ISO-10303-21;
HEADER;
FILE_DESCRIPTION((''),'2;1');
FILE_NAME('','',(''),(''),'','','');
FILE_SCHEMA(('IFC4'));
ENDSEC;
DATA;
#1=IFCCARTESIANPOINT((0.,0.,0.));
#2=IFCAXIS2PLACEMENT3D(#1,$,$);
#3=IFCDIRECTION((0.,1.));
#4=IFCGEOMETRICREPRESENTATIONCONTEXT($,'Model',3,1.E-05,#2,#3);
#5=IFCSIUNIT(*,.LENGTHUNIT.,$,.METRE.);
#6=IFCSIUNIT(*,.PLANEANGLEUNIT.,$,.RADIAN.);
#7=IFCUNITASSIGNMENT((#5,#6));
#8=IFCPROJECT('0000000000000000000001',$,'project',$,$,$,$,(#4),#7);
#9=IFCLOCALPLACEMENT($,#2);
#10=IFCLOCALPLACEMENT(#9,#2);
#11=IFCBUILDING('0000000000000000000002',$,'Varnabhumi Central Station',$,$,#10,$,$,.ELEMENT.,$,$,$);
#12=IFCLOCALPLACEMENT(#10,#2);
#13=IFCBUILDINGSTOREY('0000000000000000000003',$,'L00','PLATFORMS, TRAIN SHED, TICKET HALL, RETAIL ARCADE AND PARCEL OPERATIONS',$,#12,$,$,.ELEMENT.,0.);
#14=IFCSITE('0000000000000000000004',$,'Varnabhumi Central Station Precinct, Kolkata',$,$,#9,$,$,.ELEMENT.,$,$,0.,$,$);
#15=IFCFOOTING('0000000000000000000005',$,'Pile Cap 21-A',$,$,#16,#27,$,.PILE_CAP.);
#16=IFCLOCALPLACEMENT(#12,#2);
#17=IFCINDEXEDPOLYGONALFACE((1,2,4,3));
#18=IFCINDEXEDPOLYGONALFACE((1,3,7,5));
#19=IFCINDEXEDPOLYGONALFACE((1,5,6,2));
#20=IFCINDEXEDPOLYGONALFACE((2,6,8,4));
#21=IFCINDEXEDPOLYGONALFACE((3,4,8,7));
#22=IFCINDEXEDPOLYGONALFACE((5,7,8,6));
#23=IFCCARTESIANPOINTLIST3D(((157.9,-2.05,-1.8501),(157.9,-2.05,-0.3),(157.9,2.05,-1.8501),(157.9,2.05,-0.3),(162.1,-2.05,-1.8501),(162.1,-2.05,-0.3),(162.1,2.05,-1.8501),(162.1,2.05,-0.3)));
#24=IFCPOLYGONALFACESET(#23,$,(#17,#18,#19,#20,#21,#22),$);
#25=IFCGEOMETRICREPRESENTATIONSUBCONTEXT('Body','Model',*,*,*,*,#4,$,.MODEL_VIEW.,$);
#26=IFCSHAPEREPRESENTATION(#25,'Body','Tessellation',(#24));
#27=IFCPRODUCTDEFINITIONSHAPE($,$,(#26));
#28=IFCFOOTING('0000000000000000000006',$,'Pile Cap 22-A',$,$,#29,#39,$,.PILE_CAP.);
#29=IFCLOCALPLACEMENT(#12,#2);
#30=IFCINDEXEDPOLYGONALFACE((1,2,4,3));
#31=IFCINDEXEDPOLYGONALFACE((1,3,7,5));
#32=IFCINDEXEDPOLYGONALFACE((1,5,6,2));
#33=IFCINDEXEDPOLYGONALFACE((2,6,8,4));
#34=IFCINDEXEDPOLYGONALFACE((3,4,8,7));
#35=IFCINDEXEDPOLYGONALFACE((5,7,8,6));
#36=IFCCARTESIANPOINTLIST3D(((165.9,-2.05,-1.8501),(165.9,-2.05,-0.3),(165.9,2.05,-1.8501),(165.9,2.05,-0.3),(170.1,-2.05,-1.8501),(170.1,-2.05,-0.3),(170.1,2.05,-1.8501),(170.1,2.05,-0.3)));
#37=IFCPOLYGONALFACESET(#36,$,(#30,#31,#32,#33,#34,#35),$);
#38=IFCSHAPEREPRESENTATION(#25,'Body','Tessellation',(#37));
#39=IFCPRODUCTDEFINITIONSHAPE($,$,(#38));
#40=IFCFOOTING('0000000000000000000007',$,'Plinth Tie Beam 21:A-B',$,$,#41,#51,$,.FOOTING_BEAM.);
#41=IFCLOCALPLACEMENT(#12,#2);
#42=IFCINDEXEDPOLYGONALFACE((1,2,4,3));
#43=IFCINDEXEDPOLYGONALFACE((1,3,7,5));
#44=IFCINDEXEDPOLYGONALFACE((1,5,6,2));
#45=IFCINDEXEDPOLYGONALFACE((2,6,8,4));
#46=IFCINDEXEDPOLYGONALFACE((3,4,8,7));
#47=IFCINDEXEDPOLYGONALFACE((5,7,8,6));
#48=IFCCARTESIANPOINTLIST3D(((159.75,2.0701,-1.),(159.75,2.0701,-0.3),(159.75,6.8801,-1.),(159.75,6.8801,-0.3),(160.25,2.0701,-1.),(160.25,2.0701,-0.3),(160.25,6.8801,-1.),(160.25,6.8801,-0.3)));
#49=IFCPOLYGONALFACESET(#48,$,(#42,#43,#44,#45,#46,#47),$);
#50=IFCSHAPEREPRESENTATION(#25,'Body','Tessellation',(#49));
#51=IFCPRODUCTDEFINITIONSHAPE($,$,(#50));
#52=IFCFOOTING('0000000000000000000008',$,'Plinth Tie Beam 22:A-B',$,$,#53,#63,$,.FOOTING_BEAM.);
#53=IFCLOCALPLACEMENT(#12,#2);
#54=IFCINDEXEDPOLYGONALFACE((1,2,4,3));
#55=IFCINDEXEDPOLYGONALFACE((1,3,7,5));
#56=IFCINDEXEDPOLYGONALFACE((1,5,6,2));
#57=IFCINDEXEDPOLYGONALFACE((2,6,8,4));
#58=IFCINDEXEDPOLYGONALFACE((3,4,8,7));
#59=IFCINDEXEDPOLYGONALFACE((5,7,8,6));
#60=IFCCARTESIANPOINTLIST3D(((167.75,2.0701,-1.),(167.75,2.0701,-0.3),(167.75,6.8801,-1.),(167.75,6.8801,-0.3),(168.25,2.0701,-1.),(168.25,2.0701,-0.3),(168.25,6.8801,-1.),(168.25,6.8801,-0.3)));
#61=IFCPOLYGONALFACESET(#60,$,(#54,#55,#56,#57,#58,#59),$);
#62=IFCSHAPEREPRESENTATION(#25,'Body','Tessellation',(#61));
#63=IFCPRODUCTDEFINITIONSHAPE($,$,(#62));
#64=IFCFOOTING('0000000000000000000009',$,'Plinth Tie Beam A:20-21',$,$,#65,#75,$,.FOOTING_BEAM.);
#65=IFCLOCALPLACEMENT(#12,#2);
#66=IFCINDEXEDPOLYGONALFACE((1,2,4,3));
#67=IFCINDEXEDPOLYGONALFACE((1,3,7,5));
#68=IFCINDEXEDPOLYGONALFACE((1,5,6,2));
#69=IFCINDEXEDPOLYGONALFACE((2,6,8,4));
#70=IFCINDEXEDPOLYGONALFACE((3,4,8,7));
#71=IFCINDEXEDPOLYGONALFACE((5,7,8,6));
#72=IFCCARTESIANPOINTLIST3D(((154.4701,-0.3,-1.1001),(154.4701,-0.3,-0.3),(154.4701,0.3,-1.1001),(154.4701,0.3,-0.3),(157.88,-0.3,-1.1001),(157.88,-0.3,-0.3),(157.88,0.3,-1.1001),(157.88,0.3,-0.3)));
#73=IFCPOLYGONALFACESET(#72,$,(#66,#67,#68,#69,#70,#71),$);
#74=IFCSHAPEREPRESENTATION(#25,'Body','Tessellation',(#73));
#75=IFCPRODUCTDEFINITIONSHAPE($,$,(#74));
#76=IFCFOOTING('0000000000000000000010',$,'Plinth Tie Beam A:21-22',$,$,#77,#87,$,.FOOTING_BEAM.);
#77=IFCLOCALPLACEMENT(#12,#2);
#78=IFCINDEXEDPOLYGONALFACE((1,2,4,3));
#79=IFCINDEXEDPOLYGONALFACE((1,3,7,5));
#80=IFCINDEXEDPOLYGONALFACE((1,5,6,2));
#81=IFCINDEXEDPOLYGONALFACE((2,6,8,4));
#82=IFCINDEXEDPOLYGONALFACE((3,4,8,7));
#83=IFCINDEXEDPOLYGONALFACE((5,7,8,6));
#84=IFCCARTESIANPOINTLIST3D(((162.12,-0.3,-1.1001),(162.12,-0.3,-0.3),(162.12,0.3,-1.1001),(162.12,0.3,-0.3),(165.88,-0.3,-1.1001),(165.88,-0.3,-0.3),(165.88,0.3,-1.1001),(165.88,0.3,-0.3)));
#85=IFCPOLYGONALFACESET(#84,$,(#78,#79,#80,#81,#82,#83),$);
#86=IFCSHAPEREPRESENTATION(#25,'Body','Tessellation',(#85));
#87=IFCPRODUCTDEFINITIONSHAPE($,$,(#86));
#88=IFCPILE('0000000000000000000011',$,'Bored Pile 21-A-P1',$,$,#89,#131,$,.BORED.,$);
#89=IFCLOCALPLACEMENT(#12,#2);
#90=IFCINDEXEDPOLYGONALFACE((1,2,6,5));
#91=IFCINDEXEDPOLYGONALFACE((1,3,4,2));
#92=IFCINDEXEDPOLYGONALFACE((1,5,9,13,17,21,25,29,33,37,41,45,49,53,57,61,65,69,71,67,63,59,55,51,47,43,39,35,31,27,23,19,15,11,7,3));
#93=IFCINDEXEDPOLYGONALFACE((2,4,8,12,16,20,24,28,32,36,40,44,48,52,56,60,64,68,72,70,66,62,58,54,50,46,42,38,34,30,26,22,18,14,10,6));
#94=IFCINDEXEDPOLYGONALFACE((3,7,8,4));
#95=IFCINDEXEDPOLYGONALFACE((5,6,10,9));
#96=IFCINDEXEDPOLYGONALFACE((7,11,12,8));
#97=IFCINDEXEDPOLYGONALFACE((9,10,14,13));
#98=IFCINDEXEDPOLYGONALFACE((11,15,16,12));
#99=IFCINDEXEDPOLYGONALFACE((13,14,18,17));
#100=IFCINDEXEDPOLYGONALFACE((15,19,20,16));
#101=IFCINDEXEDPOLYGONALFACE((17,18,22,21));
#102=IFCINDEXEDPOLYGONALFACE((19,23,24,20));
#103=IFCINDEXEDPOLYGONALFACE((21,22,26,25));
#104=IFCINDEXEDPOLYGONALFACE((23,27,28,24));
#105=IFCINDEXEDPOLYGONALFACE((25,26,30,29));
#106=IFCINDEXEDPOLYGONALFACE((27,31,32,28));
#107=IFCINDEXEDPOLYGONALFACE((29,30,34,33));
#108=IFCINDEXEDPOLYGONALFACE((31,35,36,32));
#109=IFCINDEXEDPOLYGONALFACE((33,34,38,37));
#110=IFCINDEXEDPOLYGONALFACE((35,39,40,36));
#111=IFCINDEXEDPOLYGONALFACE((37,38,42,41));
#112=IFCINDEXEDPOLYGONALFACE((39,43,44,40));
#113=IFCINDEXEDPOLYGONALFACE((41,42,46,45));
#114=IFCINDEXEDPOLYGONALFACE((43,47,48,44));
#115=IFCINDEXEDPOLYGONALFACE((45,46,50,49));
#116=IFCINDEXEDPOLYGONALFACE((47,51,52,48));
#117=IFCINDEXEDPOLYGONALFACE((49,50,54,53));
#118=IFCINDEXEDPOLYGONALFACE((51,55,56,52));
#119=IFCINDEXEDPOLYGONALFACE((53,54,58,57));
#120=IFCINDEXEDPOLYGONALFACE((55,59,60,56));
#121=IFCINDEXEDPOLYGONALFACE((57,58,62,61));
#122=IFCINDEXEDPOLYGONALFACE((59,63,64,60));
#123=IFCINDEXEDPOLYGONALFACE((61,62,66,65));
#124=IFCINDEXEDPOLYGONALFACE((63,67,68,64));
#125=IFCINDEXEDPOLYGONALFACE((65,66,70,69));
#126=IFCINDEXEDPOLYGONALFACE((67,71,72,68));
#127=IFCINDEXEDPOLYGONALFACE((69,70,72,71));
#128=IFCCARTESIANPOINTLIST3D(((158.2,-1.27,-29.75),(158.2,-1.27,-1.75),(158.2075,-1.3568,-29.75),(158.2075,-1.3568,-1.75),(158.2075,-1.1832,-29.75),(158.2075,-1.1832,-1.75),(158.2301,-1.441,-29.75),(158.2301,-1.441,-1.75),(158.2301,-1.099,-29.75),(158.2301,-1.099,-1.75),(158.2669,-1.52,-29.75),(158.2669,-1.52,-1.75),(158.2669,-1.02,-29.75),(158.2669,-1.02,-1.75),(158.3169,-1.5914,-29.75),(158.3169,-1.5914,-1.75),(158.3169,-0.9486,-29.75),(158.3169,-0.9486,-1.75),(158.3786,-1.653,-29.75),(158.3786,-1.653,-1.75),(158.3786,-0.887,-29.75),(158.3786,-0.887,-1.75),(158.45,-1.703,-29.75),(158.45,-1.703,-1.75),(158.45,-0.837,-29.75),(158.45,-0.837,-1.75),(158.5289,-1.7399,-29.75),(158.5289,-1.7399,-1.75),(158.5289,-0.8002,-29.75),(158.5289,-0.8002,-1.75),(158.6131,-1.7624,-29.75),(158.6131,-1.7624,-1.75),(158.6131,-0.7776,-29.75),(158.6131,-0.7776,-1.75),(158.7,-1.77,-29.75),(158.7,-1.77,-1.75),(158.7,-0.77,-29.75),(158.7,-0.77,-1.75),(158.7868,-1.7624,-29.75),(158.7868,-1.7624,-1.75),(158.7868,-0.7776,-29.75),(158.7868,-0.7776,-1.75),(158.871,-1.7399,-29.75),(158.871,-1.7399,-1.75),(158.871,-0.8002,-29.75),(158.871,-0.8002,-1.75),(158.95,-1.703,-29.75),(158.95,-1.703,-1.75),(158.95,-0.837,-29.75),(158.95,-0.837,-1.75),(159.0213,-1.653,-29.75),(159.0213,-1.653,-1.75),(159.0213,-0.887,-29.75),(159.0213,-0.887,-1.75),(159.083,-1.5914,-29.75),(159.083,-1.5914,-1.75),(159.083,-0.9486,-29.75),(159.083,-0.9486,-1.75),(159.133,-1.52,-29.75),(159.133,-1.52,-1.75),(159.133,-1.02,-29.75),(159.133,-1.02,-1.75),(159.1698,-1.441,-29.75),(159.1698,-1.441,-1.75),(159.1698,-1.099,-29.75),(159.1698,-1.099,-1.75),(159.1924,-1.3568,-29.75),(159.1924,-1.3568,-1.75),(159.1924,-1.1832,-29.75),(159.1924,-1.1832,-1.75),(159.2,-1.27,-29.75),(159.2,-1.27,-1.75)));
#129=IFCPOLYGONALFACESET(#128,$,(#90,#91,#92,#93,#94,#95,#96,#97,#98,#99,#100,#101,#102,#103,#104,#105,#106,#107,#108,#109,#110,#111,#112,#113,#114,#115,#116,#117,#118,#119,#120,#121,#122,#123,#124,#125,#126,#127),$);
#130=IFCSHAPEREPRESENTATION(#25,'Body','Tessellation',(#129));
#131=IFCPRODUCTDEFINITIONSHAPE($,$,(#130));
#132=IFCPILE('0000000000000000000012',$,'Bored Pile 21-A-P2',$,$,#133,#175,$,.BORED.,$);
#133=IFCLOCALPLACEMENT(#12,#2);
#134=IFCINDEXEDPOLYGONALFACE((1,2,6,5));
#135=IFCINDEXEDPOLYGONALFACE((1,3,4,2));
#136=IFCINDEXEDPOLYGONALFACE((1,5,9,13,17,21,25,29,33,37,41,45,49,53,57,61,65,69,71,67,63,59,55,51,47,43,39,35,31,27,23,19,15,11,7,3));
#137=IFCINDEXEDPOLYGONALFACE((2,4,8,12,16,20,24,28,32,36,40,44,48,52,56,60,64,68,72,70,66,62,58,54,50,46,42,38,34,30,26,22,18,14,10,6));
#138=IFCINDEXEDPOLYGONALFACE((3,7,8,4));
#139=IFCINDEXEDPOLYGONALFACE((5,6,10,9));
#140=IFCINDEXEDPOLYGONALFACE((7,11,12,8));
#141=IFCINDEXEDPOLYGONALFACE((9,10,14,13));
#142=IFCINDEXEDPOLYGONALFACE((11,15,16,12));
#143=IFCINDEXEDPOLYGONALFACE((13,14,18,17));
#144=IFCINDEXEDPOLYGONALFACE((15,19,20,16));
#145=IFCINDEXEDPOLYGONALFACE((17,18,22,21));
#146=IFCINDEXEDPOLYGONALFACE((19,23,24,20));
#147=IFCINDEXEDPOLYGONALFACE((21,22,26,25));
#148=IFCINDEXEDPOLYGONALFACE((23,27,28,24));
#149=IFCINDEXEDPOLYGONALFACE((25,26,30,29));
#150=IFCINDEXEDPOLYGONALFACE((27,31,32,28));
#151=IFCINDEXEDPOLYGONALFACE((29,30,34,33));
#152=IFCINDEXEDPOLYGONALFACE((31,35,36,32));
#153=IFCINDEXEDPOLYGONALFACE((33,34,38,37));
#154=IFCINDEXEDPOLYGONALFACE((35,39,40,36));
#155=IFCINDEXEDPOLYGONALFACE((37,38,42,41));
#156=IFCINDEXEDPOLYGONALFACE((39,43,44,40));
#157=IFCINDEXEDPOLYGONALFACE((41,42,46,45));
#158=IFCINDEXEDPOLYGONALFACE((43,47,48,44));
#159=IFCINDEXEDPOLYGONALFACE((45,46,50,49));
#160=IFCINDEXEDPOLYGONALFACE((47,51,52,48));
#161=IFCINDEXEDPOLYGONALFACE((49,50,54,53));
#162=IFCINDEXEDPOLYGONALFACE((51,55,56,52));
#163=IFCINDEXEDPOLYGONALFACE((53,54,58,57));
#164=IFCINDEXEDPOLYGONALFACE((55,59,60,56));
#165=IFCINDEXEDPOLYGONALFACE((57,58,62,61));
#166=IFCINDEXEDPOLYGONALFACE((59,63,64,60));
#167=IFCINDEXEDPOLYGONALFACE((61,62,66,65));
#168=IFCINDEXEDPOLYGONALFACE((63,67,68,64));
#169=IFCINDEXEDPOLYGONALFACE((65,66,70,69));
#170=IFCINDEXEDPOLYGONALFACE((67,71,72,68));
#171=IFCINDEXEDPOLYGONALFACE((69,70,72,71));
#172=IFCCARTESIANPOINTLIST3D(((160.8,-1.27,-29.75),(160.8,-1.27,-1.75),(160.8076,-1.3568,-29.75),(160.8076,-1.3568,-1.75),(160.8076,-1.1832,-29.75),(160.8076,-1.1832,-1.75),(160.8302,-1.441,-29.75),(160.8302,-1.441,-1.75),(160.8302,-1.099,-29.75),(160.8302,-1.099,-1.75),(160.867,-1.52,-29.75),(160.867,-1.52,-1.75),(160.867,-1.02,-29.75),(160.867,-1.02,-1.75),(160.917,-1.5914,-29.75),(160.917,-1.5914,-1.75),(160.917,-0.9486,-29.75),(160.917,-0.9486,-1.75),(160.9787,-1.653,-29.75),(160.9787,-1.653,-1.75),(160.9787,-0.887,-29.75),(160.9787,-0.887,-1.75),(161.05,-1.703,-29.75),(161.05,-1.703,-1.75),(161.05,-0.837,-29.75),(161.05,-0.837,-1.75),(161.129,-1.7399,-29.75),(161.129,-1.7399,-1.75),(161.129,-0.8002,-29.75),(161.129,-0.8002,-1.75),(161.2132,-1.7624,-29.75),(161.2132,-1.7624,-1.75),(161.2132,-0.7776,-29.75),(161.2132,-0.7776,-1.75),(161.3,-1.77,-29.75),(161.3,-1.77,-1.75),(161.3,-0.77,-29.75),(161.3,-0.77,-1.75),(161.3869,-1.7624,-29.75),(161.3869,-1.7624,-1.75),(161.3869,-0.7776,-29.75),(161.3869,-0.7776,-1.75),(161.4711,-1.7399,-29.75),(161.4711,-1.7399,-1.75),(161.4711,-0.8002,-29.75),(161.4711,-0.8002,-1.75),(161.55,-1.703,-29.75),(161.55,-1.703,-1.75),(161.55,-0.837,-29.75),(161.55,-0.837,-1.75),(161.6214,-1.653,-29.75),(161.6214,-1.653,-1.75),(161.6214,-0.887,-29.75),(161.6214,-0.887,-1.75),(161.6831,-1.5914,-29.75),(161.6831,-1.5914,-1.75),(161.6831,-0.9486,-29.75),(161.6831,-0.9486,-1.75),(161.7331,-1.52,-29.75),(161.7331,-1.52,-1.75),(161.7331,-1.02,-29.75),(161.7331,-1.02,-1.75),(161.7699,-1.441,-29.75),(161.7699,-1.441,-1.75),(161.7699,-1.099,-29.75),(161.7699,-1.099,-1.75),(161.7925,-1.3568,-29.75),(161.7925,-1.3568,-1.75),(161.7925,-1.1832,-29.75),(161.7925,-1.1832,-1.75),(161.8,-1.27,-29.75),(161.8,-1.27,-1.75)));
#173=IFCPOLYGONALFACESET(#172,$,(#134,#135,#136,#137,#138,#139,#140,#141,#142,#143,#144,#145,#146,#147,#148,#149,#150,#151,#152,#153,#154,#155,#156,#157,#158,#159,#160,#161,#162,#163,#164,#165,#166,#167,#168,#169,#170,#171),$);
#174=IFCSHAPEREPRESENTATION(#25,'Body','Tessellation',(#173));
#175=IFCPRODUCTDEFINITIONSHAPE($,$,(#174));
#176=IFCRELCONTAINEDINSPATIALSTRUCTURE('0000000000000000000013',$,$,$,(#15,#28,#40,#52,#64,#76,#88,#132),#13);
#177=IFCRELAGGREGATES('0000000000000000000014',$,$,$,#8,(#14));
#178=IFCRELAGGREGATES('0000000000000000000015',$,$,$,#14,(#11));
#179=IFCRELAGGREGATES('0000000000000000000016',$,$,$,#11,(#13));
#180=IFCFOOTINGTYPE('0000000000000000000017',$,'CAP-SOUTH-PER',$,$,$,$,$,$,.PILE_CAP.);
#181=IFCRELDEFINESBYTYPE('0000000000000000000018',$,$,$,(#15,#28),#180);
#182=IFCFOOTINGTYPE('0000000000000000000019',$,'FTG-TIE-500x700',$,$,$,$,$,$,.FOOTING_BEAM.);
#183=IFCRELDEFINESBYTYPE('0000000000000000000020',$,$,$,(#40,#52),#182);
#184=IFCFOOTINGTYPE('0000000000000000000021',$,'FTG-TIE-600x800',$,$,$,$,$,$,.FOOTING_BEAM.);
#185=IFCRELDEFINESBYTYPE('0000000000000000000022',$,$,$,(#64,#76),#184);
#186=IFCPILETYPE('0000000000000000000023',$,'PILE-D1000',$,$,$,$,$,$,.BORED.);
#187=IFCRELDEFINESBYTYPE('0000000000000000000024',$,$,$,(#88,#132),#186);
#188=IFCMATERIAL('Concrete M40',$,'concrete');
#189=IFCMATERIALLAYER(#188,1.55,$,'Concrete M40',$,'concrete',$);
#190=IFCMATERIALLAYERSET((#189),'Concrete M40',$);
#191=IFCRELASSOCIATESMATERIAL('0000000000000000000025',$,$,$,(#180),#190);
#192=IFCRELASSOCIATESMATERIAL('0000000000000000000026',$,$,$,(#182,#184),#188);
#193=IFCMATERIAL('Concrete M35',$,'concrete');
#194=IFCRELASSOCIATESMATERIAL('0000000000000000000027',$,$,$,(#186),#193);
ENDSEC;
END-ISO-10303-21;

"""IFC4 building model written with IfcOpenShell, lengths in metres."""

from ifc_helpers import new_model, si_unit, direction, frame, origin, origin_2d, place, context, subcontext, project, spatial, rectangle, circle, extrude, material, layer, layer_set, material_profile, profile_set, type_object, element, save


model = new_model("IFC4")

# Units and contexts
model_context = context("Model", 3, precision=1e-05, world=origin(), true_north=direction((0.0, 1.0)))
body_context = subcontext(model_context, "Body", "Model", "MODEL_VIEW")
ifc_project = project(units=[si_unit("LENGTHUNIT", "METRE"), si_unit("PLANEANGLEUNIT", "RADIAN")], contexts=[model_context])

# Site, building, storey
site_placement = place(None, origin())
site = spatial("IfcSite", under=ifc_project, at=site_placement, Name="Varnabhumi Central Station Precinct, Kolkata", CompositionType="ELEMENT", RefElevation=0.0)
building_placement = place(site_placement, origin())
building = spatial("IfcBuilding", under=site, at=building_placement, Name="Varnabhumi Central Station", CompositionType="ELEMENT")
storey_placement = place(building_placement, origin())
storey = spatial("IfcBuildingStorey", under=building, at=storey_placement, Name="L00", Description="PLATFORMS, TRAIN SHED, TICKET HALL, RETAIL ARCADE AND PARCEL OPERATIONS", CompositionType="ELEMENT", Elevation=0.0)

# Footings
ifc_material_1 = material(Name="Concrete M40", Category="concrete")
ifc_layer_1 = layer(ifc_material_1, 1.55, Name="Concrete M40", Category="concrete")
ifc_layer_set_1 = layer_set([ifc_layer_1], Name="Concrete M40")
footing_type_1 = type_object("IfcFootingType", Name="CAP-SOUTH-PER", PredefinedType="PILE_CAP", material=ifc_layer_set_1)
for number, where, z_axis, x_axis, name in (
    (1, (160.0, 0.0, -1.8501), (0.0, 0.0, 1.0), (1.0, 0.0, 0.0), "Pile Cap 21-A"),
    (2, (168.0, 0.0, -1.8501), (0.0, 0.0, 1.0), (1.0, 0.0, 0.0), "Pile Cap 22-A"),
):
    element("IfcFooting", number, at=place(storey_placement, frame(where, z_axis=z_axis, x_axis=x_axis)), inside=storey, type_object=footing_type_1, Name=name, PredefinedType="PILE_CAP", context=body_context, shape_type="SweptSolid", body=[
        extrude(rectangle(XDim=4.2, YDim=4.1001, at=origin_2d()), origin(), (0.0, 0.0, 1.0), 1.55),
    ])
footing_type_2 = type_object("IfcFootingType", Name="FTG-TIE-500x700", PredefinedType="FOOTING_BEAM", material=ifc_material_1)
for number, where, z_axis, x_axis, name in (
    (3, (160.0, 4.4751, -1.0), (0.0, 0.0, 1.0), (1.0, 0.0, 0.0), "Plinth Tie Beam 21:A-B"),
    (4, (168.0, 4.4751, -1.0), (0.0, 0.0, 1.0), (1.0, 0.0, 0.0), "Plinth Tie Beam 22:A-B"),
):
    element("IfcFooting", number, at=place(storey_placement, frame(where, z_axis=z_axis, x_axis=x_axis)), inside=storey, type_object=footing_type_2, Name=name, PredefinedType="FOOTING_BEAM", context=body_context, shape_type="SweptSolid", body=[
        extrude(rectangle(XDim=0.5, YDim=4.8101, at=origin_2d()), origin(), (0.0, 0.0, 1.0), 0.7),
    ])
footing_type_3 = type_object("IfcFootingType", Name="FTG-TIE-600x800", PredefinedType="FOOTING_BEAM", material=ifc_material_1)
footing_1_placement = place(storey_placement, frame((156.175, 0.0, -1.1001), z_axis=(0.0, 0.0, 1.0), x_axis=(1.0, 0.0, 0.0)))
element("IfcFooting", 5, at=footing_1_placement, inside=storey, type_object=footing_type_3, Name="Plinth Tie Beam A:20-21", PredefinedType="FOOTING_BEAM", context=body_context, shape_type="SweptSolid", body=[
    extrude(rectangle(XDim=3.4099, YDim=0.6001, at=origin_2d()), origin(), (0.0, 0.0, 1.0), 0.8),
])
footing_2_placement = place(storey_placement, frame((164.0, 0.0, -1.1001), z_axis=(0.0, 0.0, 1.0), x_axis=(1.0, 0.0, 0.0)))
element("IfcFooting", 6, at=footing_2_placement, inside=storey, type_object=footing_type_3, Name="Plinth Tie Beam A:21-22", PredefinedType="FOOTING_BEAM", context=body_context, shape_type="SweptSolid", body=[
    extrude(rectangle(XDim=3.76, YDim=0.6001, at=origin_2d()), origin(), (0.0, 0.0, 1.0), 0.8),
])

# Piles
ifc_material_2 = material(Name="Concrete M35", Category="concrete")
ifc_material_profile_1 = material_profile(ifc_material_2, circle(Radius=0.5, at=origin_2d()), Name="Concrete M35", Category="concrete")
ifc_profile_set_1 = profile_set([ifc_material_profile_1], Name="Concrete M35")
pile_type_1 = type_object("IfcPileType", Name="PILE-D1000", PredefinedType="BORED", material=ifc_profile_set_1)
for number, where, z_axis, x_axis, name in (
    (7, (158.7, -1.27, -1.75), (0.0, 0.0, -1.0), (1.0, 0.0, 0.0), "Bored Pile 21-A-P1"),
    (8, (161.3, -1.27, -1.75), (0.0, 0.0, -1.0), (1.0, 0.0, 0.0), "Bored Pile 21-A-P2"),
):
    element("IfcPile", number, at=place(storey_placement, frame(where, z_axis=z_axis, x_axis=x_axis)), inside=storey, type_object=pile_type_1, Name=name, PredefinedType="BORED", context=body_context, shape_type="SweptSolid", body=[
        extrude(circle(Radius=0.5, at=origin_2d()), origin(), (0.0, 0.0, 1.0), 28.0),
    ])

save(model, "model.ifc")
